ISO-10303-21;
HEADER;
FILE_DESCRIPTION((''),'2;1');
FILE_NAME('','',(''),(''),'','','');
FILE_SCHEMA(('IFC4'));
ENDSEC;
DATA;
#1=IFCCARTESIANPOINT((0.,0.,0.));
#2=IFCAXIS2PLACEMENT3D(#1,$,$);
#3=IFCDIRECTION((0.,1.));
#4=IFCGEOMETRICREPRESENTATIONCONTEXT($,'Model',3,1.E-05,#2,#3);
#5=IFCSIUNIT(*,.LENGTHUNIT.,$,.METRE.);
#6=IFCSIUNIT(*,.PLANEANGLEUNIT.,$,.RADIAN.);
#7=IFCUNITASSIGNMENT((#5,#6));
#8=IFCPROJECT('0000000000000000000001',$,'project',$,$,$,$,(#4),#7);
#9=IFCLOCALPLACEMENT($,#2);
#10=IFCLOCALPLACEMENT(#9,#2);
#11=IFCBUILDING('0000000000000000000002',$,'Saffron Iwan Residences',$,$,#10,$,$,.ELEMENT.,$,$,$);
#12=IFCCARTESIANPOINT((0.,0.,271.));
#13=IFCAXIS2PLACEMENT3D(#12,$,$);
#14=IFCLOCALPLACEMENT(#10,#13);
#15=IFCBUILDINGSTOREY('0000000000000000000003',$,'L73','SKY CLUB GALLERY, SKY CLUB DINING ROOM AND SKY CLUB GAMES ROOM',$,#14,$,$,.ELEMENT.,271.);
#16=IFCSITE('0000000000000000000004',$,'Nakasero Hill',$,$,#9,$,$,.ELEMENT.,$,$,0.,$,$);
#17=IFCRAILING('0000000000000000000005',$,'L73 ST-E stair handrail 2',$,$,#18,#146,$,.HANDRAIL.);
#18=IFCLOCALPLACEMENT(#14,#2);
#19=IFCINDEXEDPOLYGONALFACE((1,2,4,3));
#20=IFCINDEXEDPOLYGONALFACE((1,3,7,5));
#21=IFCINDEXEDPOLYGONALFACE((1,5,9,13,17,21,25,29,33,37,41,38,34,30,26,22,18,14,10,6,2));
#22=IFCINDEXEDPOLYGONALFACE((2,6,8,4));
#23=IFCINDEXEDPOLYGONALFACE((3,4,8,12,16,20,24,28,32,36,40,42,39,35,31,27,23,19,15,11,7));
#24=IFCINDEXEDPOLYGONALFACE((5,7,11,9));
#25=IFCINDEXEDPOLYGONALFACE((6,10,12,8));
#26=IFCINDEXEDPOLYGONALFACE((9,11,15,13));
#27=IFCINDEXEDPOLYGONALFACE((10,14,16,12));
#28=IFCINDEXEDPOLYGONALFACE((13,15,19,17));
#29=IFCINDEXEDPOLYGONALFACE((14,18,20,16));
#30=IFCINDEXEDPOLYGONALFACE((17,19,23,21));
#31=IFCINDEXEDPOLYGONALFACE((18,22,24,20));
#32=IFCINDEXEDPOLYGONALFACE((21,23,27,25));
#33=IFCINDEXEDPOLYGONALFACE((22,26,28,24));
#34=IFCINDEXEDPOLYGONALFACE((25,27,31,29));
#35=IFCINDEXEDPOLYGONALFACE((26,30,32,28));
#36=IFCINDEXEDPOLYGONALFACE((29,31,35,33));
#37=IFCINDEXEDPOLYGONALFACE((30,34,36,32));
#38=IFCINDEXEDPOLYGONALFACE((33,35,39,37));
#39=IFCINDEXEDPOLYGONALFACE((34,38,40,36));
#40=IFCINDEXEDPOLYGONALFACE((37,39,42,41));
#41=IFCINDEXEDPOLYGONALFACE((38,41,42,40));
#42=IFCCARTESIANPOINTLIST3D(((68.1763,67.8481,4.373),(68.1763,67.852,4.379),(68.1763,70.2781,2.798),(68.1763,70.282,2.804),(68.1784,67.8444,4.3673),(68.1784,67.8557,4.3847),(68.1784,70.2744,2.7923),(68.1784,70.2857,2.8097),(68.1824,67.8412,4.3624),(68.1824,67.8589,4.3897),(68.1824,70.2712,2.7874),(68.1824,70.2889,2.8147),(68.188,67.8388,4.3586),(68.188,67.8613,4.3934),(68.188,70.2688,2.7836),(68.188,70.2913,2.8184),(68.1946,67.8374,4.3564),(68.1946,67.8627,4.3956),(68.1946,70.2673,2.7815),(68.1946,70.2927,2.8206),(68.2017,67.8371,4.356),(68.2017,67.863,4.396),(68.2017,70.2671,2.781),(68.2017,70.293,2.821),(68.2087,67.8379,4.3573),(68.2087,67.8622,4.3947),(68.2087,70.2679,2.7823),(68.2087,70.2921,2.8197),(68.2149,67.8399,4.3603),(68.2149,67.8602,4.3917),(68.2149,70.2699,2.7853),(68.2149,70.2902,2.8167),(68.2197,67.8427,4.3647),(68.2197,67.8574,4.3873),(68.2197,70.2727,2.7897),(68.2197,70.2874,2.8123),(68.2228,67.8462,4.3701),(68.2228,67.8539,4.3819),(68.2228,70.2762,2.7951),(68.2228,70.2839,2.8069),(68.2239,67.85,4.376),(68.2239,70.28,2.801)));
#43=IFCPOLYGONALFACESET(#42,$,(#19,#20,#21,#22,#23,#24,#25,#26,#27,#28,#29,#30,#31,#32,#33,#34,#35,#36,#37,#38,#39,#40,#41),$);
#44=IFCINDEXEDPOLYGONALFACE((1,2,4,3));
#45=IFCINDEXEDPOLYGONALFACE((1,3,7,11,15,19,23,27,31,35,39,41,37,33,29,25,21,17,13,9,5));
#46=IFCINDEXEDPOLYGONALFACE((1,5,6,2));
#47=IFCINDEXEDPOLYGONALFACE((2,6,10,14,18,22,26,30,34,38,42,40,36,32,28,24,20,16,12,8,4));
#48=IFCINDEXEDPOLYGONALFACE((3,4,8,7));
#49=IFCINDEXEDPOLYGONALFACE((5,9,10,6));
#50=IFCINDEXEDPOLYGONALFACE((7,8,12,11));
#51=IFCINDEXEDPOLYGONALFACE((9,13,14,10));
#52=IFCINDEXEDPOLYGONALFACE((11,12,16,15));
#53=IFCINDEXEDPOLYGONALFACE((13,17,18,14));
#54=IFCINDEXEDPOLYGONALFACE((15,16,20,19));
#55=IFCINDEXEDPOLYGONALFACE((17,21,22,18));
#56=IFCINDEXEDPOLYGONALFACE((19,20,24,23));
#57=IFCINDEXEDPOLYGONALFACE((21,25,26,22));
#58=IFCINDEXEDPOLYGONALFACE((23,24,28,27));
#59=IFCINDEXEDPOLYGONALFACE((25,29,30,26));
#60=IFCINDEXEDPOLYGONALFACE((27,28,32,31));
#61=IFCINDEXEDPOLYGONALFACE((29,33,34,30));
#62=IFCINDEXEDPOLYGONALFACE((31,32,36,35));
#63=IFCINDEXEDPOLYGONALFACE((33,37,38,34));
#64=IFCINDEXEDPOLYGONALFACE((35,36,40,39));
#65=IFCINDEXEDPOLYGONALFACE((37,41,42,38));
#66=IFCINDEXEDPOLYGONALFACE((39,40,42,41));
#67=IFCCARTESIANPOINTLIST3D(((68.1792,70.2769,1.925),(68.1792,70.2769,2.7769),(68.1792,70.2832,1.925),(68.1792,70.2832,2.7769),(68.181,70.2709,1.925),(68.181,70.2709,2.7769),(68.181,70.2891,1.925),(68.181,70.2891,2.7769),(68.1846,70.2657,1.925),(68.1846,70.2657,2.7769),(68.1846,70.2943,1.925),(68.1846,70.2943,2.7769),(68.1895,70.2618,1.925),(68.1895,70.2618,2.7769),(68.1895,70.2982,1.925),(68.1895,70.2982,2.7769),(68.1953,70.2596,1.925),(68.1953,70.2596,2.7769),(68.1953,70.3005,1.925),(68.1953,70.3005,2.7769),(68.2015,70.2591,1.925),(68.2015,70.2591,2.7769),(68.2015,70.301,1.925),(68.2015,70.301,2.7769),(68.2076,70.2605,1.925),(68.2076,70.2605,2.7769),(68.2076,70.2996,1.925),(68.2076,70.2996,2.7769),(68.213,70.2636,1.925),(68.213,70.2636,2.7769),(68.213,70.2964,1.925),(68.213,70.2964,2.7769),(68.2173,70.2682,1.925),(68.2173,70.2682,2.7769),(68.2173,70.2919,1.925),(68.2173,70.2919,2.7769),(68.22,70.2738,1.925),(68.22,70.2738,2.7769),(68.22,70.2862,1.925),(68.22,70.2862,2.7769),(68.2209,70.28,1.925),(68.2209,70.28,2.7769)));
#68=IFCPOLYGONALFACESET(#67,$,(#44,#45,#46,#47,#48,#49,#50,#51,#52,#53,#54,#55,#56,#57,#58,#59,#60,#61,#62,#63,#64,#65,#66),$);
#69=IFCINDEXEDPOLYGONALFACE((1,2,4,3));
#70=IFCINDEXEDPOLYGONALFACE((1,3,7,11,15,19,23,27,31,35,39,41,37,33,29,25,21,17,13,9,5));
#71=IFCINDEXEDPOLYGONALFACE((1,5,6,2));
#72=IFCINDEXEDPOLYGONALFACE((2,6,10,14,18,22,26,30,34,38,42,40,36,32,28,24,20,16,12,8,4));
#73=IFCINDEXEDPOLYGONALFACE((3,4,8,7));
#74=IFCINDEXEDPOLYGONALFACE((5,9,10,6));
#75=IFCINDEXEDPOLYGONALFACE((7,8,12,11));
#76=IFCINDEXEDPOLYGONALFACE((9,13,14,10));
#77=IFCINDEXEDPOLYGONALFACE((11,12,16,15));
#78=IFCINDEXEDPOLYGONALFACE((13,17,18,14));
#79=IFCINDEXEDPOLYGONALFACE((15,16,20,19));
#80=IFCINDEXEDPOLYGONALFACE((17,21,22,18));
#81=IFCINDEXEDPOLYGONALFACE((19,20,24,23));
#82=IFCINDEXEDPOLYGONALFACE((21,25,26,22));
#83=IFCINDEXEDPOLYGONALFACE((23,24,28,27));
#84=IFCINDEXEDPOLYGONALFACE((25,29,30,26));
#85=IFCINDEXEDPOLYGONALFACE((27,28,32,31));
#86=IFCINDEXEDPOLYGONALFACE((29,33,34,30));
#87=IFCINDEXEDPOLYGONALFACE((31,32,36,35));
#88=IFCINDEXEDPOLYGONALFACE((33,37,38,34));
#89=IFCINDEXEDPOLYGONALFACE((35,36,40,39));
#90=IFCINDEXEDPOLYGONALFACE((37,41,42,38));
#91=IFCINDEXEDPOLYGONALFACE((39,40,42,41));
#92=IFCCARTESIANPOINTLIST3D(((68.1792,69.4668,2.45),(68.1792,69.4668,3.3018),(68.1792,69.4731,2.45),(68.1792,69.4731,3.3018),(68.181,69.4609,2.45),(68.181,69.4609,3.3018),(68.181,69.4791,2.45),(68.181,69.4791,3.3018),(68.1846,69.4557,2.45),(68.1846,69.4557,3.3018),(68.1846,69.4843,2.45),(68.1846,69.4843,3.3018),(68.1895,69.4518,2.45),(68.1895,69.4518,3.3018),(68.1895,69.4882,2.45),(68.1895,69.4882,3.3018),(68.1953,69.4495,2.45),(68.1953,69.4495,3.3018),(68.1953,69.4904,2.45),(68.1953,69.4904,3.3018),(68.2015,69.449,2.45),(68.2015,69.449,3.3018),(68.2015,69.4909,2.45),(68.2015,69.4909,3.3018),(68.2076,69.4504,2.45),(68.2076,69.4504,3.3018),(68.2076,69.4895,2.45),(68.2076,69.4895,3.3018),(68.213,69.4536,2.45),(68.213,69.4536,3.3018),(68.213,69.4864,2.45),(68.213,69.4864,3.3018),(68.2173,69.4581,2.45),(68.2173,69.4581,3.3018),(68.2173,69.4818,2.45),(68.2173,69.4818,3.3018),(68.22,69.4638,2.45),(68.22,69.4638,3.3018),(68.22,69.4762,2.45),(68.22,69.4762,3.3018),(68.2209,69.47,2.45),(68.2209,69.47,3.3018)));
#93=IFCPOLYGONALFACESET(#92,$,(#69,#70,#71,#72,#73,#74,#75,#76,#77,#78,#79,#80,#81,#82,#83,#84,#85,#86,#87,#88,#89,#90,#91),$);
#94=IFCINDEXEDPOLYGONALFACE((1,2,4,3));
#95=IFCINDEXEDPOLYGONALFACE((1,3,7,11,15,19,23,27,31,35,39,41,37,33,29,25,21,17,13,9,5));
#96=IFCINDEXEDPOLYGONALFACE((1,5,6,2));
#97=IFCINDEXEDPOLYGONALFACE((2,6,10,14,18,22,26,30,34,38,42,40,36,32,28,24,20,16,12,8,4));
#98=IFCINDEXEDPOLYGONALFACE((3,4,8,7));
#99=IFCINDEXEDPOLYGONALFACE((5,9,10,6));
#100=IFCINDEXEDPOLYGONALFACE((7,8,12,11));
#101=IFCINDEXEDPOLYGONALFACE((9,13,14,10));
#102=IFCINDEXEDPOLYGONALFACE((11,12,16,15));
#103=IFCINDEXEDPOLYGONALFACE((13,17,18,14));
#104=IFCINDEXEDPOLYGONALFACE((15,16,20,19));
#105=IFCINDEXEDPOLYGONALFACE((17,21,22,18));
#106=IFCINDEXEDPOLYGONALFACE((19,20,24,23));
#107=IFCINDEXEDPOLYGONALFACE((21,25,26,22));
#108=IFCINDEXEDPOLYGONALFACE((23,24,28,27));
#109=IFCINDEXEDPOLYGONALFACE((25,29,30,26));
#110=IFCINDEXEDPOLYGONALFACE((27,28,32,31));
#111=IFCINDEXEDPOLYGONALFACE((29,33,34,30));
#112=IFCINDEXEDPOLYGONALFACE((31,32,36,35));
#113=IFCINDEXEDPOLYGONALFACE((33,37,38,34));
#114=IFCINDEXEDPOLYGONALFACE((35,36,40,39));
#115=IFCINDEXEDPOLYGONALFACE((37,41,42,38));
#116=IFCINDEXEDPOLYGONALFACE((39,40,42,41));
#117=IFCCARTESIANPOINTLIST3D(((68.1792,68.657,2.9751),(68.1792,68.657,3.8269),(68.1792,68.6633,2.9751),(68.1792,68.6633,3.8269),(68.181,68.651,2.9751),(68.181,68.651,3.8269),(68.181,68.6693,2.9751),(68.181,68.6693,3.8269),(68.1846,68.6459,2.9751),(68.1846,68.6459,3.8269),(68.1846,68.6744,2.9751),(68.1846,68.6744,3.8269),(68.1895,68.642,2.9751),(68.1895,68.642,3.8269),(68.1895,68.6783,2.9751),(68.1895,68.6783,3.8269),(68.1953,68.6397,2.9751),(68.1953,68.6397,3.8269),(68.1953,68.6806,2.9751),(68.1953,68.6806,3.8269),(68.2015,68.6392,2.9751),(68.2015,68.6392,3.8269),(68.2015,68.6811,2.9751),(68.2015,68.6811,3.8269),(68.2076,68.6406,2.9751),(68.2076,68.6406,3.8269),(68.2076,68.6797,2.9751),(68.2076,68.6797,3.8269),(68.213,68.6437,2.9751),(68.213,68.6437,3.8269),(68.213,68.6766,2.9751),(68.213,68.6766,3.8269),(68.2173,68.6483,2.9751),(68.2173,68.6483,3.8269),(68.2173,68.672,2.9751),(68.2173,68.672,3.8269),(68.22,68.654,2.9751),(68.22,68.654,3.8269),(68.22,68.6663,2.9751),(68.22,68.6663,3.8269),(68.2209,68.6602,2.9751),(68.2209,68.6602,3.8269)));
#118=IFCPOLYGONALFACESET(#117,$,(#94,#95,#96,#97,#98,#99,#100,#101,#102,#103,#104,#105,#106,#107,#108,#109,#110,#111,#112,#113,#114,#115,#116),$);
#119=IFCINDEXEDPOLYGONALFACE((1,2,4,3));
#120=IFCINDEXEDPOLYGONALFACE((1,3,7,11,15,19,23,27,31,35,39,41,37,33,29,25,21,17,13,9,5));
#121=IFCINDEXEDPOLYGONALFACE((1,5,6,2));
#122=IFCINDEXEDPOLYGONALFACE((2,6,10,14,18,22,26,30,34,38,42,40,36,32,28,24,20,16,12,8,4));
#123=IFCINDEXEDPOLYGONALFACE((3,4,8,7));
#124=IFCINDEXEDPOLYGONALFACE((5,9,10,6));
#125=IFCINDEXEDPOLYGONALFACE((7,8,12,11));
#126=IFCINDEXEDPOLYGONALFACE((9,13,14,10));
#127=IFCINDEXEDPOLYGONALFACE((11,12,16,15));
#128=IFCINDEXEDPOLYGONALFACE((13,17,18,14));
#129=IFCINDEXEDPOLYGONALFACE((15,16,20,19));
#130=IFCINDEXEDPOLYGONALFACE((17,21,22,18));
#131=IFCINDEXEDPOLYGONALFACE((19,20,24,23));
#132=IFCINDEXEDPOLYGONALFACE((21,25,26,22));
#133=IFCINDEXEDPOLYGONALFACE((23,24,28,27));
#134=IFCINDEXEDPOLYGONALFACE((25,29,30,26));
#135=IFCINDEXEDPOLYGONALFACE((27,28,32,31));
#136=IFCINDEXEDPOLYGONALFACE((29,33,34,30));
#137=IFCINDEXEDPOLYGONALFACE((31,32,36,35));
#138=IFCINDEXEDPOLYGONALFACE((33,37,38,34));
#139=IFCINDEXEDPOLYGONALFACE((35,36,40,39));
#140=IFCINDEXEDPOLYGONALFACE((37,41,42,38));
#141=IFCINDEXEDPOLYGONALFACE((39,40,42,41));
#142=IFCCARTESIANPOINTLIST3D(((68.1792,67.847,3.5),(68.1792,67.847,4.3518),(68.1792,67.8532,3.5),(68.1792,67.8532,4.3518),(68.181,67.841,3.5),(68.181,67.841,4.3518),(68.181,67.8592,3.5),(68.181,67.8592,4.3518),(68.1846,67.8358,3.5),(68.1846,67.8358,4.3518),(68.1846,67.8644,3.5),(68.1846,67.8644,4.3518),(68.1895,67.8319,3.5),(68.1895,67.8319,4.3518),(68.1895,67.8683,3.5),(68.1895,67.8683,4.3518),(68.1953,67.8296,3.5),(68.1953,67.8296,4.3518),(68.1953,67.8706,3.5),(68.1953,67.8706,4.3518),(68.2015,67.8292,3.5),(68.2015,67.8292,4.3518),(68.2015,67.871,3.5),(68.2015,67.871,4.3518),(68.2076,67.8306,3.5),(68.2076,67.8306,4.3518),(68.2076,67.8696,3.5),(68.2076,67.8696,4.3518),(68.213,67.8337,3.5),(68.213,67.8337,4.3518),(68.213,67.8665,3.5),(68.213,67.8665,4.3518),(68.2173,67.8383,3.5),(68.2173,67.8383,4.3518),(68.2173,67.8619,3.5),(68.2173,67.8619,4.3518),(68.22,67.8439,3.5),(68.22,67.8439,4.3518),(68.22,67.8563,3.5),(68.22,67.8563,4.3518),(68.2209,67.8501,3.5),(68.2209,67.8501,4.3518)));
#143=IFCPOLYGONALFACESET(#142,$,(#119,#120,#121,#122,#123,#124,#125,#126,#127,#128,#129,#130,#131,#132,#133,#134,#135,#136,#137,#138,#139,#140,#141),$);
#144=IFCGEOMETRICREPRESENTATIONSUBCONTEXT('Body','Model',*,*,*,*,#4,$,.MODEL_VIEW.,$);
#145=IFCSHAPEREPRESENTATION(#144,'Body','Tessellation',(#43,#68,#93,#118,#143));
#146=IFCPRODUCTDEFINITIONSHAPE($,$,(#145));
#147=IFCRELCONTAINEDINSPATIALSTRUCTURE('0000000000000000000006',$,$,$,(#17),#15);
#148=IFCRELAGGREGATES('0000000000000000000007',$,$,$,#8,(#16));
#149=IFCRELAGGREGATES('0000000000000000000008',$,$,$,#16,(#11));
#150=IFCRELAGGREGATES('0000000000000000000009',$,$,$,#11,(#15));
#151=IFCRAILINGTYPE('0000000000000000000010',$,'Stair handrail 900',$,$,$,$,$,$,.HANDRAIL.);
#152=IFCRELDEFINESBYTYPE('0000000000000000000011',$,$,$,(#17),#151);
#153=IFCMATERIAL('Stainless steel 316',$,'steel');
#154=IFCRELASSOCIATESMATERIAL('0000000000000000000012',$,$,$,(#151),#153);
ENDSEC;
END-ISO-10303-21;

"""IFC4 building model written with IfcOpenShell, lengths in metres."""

from ifc_helpers import new_model, si_unit, direction, frame, origin, origin_2d, place, context, subcontext, project, spatial, circle, extrude, material, type_object, element, save


model = new_model("IFC4")

# Units and contexts
model_context = context("Model", 3, precision=1e-05, world=origin(), true_north=direction((0.0, 1.0)))
body_context = subcontext(model_context, "Body", "Model", "MODEL_VIEW")
ifc_project = project(units=[si_unit("LENGTHUNIT", "METRE"), si_unit("PLANEANGLEUNIT", "RADIAN")], contexts=[model_context])

# Site, building, storey
site_placement = place(None, origin())
site = spatial("IfcSite", under=ifc_project, at=site_placement, Name="Nakasero Hill", CompositionType="ELEMENT", RefElevation=0.0)
building_placement = place(site_placement, origin())
building = spatial("IfcBuilding", under=site, at=building_placement, Name="Saffron Iwan Residences", CompositionType="ELEMENT")
storey_placement = place(building_placement, frame((0.0, 0.0, 271.0)))
storey = spatial("IfcBuildingStorey", under=building, at=storey_placement, Name="L73", Description="SKY CLUB GALLERY, SKY CLUB DINING ROOM AND SKY CLUB GAMES ROOM", CompositionType="ELEMENT", Elevation=271.0)

# Railing
ifc_material_1 = material(Name="Stainless steel 316", Category="steel")
railing_type = type_object("IfcRailingType", Name="Stair handrail 900", PredefinedType="HANDRAIL", material=ifc_material_1)
railing_placement = place(storey_placement, frame((68.2, 70.28, 1.925)))
element("IfcRailing", 1, at=railing_placement, inside=storey, type_object=railing_type, Name="L73 ST-E stair handrail 2", PredefinedType="HANDRAIL", context=body_context, shape_type="SweptSolid", body=[
    extrude(circle(Radius=0.0239, at=origin_2d()), frame((0.0, 0.0, 0.876), z_axis=(0.0, -0.839154, 0.543894), x_axis=(1.0, 0.0, 0.0)), (0.0, 0.0, 1.0), 2.8958),
    extrude(circle(Radius=0.021, at=origin_2d()), origin(), (0.0, 0.0, 1.0), 0.8518),
    extrude(circle(Radius=0.021, at=origin_2d()), frame((0.0, -0.8101, 0.5249)), (0.0, 0.0, 1.0), 0.8518),
    extrude(circle(Radius=0.021, at=origin_2d()), frame((0.0, -1.6199, 1.05)), (0.0, 0.0, 1.0), 0.8518),
    extrude(circle(Radius=0.021, at=origin_2d()), frame((0.0, -2.4299, 1.575)), (0.0, 0.0, 1.0), 0.8518),
])

save(model, "model.ifc")
